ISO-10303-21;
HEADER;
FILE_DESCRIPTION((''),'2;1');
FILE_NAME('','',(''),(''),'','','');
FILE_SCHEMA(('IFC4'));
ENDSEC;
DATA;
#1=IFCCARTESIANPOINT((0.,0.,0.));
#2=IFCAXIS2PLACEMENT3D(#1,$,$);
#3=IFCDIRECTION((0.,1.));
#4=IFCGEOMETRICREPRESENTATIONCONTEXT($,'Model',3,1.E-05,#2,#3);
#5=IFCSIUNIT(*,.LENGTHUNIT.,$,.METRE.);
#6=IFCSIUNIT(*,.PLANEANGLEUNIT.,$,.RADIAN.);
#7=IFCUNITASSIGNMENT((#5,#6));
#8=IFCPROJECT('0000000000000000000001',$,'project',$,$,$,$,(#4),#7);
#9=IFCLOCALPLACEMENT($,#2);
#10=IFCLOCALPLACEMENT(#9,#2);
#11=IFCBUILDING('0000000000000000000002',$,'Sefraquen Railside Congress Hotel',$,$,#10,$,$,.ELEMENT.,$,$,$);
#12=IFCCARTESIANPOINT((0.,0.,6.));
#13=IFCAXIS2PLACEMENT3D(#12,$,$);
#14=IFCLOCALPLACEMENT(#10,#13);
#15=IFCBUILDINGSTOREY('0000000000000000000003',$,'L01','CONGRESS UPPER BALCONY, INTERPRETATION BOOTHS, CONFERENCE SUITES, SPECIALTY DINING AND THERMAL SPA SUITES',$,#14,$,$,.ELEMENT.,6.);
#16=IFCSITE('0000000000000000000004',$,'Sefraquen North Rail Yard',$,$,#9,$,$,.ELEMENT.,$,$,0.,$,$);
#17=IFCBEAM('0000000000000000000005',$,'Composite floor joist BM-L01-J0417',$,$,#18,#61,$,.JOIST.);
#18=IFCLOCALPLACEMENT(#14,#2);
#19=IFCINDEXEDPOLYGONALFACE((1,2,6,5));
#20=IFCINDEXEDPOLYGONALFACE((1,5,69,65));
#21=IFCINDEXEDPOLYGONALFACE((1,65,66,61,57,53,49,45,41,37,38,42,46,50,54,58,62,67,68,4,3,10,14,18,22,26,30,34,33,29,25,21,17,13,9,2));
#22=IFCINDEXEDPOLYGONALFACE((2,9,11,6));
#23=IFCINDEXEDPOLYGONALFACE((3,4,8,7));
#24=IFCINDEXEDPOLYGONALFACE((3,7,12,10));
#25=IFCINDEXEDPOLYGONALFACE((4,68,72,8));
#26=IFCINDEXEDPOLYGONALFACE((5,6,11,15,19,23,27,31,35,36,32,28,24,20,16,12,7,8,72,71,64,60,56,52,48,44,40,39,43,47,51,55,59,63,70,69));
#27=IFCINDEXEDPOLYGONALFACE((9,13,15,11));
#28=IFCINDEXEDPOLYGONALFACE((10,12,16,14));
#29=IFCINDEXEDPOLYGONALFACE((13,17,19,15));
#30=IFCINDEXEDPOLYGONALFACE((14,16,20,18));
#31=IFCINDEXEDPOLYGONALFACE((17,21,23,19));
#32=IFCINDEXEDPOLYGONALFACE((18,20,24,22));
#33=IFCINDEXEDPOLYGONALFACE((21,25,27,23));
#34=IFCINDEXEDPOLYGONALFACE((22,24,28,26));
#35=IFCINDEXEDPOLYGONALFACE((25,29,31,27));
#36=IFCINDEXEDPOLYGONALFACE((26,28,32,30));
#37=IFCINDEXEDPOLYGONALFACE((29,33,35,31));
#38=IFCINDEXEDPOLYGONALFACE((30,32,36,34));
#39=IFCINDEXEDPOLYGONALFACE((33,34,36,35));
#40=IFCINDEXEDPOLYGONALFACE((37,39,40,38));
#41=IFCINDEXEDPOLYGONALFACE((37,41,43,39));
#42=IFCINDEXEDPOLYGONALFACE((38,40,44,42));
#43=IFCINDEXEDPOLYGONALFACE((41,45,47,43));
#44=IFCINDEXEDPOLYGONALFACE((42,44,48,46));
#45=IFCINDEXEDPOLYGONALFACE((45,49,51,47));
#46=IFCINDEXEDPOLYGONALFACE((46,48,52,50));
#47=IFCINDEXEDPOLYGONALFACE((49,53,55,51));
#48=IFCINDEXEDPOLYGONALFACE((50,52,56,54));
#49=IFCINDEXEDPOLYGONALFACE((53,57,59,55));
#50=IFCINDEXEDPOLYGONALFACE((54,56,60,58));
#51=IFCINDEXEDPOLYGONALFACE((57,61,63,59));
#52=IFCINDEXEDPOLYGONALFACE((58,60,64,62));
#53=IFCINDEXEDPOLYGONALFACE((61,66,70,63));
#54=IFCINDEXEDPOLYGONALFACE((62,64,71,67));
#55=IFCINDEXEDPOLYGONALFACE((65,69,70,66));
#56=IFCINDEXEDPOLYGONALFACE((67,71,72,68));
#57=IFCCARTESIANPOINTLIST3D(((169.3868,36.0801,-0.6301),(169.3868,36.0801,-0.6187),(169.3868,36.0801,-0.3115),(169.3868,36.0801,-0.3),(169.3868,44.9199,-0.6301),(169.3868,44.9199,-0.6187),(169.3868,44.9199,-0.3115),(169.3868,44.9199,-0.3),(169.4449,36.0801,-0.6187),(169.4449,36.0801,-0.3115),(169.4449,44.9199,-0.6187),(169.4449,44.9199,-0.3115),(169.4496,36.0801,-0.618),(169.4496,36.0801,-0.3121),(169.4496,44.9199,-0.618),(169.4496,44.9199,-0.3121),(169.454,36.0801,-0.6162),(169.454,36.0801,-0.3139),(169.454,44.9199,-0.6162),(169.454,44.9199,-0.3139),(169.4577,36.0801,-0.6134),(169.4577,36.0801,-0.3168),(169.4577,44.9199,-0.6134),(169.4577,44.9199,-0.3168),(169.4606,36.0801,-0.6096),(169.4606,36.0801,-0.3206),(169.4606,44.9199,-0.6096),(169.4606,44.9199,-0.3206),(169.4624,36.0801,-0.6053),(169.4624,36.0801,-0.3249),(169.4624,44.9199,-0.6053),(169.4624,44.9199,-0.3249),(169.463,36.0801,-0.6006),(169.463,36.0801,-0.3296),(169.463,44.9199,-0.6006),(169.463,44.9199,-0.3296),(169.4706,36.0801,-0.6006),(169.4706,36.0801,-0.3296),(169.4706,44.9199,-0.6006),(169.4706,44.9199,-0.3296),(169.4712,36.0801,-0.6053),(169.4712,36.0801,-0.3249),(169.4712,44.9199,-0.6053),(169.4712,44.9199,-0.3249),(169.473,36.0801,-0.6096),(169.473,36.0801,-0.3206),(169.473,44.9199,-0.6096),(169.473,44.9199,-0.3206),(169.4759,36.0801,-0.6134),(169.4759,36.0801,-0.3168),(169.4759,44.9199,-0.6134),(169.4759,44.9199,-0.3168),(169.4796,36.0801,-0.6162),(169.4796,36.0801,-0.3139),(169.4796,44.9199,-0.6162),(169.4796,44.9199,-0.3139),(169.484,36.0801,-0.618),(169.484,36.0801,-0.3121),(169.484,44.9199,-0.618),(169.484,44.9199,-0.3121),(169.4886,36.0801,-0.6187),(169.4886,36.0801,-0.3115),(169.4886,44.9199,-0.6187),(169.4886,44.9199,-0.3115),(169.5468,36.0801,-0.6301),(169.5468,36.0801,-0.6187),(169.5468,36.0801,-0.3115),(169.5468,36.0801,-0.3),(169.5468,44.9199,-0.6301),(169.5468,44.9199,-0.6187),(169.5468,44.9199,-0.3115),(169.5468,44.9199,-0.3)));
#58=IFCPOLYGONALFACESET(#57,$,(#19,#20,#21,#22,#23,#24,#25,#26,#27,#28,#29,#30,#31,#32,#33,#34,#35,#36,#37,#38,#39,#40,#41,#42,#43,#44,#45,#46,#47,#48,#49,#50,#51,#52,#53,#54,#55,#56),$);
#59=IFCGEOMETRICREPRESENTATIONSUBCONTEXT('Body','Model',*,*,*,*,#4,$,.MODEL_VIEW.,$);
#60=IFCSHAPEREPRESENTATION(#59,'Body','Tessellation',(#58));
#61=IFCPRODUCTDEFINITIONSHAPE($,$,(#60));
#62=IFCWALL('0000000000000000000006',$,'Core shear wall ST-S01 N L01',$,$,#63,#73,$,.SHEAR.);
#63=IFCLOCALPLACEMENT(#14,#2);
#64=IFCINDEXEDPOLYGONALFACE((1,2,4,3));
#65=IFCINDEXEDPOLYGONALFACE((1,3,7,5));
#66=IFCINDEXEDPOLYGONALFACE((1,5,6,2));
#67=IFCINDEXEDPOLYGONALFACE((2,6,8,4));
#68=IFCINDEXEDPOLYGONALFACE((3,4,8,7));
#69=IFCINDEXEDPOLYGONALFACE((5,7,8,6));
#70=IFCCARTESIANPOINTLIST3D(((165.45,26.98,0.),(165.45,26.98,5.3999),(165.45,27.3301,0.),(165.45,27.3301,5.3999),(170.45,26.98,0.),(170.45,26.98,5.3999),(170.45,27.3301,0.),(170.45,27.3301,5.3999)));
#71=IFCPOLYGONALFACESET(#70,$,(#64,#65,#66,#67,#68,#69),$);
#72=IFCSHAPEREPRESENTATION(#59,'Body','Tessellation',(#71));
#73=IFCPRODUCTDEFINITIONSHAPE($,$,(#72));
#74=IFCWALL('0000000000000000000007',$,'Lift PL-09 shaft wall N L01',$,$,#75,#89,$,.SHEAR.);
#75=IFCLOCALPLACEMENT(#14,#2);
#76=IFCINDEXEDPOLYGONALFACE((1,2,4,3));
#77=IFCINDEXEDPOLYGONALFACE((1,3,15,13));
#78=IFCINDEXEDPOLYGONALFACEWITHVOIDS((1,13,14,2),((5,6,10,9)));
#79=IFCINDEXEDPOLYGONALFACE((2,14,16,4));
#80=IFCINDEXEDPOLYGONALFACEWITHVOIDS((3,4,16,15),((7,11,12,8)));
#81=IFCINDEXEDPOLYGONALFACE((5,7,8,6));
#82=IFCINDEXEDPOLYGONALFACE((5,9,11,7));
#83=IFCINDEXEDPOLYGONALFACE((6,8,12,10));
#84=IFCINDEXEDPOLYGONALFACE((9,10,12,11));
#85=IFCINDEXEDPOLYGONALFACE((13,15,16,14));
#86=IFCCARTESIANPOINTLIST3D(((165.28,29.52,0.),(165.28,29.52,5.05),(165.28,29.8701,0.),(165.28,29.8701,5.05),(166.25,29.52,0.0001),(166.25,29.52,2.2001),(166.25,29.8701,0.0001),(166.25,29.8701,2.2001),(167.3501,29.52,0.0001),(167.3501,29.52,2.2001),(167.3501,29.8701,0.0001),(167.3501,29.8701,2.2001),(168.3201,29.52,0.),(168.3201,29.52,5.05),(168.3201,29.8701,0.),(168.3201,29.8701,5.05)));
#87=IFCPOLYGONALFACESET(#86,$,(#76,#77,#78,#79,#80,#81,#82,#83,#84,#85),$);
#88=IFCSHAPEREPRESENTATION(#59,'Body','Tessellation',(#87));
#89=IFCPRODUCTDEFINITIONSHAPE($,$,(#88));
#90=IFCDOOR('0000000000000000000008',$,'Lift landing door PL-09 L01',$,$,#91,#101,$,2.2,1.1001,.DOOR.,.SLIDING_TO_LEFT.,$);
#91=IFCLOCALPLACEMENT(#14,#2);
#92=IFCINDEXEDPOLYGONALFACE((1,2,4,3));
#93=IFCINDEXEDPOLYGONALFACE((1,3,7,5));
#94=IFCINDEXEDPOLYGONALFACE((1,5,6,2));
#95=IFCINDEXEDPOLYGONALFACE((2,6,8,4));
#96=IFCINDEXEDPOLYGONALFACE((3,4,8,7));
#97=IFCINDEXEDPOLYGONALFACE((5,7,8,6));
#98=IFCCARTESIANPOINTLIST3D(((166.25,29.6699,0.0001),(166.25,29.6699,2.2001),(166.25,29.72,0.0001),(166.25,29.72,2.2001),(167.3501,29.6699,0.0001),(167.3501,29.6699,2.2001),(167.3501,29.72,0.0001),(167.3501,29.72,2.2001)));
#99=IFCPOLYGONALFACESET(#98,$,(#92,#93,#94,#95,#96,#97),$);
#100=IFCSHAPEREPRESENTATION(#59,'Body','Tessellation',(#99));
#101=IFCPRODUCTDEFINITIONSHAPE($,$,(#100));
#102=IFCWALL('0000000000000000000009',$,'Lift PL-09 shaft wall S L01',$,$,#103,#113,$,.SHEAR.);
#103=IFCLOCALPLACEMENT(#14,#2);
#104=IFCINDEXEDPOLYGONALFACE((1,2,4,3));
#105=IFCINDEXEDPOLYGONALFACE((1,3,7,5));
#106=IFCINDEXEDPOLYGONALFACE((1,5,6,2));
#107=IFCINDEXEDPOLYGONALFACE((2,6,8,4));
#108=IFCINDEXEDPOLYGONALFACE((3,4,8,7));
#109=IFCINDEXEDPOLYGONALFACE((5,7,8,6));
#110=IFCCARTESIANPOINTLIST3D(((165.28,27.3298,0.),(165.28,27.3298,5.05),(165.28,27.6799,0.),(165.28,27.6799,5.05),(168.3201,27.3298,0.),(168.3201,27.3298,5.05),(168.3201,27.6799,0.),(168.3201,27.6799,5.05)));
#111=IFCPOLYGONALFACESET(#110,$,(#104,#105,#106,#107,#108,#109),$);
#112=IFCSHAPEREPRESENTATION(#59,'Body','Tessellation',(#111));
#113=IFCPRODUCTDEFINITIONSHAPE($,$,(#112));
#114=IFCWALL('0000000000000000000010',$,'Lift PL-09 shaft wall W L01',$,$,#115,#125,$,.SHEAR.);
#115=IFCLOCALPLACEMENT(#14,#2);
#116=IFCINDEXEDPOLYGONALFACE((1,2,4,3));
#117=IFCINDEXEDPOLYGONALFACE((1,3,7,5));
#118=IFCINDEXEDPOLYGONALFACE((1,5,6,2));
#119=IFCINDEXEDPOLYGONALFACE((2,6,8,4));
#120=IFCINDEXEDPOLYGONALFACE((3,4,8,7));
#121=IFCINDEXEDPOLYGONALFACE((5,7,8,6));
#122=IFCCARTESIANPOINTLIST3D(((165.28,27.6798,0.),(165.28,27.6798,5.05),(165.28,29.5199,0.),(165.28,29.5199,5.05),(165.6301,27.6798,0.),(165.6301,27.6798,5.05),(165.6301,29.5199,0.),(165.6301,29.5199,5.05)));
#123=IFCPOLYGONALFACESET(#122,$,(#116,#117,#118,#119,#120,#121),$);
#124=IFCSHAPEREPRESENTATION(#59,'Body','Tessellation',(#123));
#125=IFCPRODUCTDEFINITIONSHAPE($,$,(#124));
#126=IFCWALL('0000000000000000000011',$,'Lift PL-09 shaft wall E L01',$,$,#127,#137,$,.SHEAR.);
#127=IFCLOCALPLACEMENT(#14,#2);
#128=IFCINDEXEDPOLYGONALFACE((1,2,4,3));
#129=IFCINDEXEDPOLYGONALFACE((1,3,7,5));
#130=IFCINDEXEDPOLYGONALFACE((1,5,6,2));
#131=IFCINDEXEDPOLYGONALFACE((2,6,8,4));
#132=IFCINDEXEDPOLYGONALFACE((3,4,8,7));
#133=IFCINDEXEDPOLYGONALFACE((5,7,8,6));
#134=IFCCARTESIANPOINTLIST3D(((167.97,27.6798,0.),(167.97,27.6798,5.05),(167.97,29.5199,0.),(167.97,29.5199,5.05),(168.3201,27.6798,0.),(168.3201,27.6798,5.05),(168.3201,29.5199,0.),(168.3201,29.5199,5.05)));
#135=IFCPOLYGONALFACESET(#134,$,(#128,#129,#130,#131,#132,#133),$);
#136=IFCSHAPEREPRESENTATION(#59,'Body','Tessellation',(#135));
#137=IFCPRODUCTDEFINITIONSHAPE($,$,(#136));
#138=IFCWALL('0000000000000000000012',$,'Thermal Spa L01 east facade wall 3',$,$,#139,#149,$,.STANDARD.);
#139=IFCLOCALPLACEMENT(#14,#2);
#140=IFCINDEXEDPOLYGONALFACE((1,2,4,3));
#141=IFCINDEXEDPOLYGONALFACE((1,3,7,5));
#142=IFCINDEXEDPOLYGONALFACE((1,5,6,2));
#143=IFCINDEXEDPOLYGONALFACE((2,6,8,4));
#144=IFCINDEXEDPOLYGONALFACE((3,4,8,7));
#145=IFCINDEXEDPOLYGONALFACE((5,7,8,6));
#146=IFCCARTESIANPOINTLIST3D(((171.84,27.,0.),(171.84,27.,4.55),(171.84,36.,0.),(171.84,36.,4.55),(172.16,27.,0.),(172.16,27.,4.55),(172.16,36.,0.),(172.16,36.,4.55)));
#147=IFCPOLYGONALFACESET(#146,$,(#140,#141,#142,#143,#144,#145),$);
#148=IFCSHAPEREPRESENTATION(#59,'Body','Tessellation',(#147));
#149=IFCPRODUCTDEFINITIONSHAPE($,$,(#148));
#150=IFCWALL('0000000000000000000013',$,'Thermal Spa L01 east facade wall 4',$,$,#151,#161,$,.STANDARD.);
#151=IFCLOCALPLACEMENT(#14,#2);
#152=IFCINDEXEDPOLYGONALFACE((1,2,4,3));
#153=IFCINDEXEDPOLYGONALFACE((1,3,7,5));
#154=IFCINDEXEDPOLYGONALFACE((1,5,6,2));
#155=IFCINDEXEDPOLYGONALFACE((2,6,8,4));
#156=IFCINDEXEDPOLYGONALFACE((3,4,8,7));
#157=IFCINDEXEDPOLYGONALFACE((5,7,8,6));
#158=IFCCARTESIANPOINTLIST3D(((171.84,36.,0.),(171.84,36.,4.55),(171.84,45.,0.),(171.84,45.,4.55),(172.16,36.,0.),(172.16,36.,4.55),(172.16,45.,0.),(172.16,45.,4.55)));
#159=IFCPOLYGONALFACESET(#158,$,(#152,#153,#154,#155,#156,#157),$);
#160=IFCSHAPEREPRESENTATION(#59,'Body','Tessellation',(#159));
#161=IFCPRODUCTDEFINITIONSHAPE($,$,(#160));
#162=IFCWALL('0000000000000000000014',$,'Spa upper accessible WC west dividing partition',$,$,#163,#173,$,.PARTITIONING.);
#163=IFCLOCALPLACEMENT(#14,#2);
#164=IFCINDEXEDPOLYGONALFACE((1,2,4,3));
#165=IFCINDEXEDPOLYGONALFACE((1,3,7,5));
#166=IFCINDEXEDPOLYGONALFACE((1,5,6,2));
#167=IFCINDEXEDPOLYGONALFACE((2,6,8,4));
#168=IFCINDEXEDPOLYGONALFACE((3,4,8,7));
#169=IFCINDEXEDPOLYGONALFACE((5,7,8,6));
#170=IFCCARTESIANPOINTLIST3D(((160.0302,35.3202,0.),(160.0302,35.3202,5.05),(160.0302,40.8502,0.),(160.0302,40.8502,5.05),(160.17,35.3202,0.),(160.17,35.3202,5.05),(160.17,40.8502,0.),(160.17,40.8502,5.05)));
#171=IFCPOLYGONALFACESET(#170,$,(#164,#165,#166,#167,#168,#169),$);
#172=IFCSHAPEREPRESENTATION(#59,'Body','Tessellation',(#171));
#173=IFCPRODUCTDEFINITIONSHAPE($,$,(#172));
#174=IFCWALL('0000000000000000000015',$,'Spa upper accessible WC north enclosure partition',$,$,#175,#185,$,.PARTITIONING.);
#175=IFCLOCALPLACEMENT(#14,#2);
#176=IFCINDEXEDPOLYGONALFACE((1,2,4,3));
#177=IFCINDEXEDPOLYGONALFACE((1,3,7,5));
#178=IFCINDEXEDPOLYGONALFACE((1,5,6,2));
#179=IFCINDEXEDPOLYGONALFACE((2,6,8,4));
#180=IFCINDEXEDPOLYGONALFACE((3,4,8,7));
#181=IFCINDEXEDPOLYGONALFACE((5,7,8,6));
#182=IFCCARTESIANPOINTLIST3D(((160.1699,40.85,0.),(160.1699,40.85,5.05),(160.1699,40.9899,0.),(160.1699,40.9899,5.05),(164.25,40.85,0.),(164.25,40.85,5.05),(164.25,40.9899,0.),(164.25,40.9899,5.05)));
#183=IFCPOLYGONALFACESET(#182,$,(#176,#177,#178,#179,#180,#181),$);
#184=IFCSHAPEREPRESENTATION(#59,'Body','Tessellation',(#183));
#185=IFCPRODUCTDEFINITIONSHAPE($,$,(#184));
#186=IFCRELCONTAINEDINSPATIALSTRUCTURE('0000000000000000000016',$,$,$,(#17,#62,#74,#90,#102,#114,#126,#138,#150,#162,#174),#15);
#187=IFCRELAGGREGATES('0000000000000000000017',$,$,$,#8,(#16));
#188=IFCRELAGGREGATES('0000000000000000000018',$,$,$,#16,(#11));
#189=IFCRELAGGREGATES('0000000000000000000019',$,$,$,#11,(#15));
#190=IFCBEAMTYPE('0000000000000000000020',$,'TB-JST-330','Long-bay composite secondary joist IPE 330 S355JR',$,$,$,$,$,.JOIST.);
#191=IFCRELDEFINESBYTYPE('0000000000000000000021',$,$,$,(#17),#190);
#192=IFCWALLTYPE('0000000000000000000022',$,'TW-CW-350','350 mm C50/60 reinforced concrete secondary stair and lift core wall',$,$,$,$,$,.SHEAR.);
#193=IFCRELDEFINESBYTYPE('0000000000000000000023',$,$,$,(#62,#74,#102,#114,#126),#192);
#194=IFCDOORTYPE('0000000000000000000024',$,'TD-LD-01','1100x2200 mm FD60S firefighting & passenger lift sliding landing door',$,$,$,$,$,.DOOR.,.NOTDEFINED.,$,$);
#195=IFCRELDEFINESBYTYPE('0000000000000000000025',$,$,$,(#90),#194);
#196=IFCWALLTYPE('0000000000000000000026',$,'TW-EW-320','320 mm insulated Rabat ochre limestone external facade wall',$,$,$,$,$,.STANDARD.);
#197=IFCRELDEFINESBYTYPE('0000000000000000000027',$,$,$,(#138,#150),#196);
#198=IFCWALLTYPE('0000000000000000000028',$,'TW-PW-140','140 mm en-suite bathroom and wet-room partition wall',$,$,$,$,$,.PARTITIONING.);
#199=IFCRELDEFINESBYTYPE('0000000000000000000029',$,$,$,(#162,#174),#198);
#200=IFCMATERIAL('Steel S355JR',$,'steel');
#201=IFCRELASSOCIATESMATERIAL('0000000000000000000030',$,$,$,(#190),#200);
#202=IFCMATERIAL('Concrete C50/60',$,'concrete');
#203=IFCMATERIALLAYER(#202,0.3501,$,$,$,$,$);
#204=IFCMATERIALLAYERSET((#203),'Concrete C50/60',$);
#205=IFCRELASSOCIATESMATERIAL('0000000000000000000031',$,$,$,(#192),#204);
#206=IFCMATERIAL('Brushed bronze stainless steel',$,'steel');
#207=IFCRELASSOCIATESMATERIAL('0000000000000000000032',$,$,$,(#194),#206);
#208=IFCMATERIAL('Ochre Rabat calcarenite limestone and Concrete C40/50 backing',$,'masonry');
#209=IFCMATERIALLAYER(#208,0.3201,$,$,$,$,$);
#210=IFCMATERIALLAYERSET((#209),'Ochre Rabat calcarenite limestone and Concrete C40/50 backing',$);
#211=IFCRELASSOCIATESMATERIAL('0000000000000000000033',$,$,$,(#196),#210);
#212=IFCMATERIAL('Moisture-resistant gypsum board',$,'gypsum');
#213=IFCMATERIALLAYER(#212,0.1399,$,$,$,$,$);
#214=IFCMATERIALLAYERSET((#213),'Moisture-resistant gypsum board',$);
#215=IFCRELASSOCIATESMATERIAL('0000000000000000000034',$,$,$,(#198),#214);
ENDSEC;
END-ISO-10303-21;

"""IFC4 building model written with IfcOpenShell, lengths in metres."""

from ifc_helpers import new_model, si_unit, direction, frame, frame_2d, origin, origin_2d, place, context, subcontext, project, spatial, rectangle, i_section, extrude, material, layer, layer_set, material_profile, profile_set, type_object, element, fill, save


model = new_model("IFC4")

# Units and contexts
model_context = context("Model", 3, precision=1e-05, world=origin(), true_north=direction((0.0, 1.0)))
body_context = subcontext(model_context, "Body", "Model", "MODEL_VIEW")
ifc_project = project(units=[si_unit("LENGTHUNIT", "METRE"), si_unit("PLANEANGLEUNIT", "RADIAN")], contexts=[model_context])

# Site, building, storey
site_placement = place(None, origin())
site = spatial("IfcSite", under=ifc_project, at=site_placement, Name="Sefraquen North Rail Yard", CompositionType="ELEMENT", RefElevation=0.0)
building_placement = place(site_placement, origin())
building = spatial("IfcBuilding", under=site, at=building_placement, Name="Sefraquen Railside Congress Hotel", CompositionType="ELEMENT")
storey_placement = place(building_placement, frame((0.0, 0.0, 6.0)))
storey = spatial("IfcBuildingStorey", under=building, at=storey_placement, Name="L01", Description="CONGRESS UPPER BALCONY, INTERPRETATION BOOTHS, CONFERENCE SUITES, SPECIALTY DINING AND THERMAL SPA SUITES", CompositionType="ELEMENT", Elevation=6.0)

# Shared definitions
ifc_material_1 = material(Name="Steel S355JR", Category="steel")

# Beam
ifc_material_profile_1 = material_profile(ifc_material_1, i_section(OverallWidth=0.1599, OverallDepth=0.3301, WebThickness=0.0076, FlangeThickness=0.0115, FilletRadius=0.0181, at=origin_2d()), Name="IPE 330")
ifc_profile_set_1 = profile_set([ifc_material_profile_1], Name="Steel S355JR")
beam_type_1 = type_object("IfcBeamType", Name="TB-JST-330", Description="Long-bay composite secondary joist IPE 330 S355JR", PredefinedType="JOIST", material=ifc_profile_set_1)
for number, where, z_axis, x_axis, name in (
    (1, (169.4668, 36.0801, -0.4651), (0.0, 1.0, 0.0), (-1.0, 0.0, 0.0), "Composite floor joist BM-L01-J0417"),
):
    element("IfcBeam", number, at=place(storey_placement, frame(where, z_axis=z_axis, x_axis=x_axis)), inside=storey, type_object=beam_type_1, Name=name, PredefinedType="JOIST", context=body_context, shape_type="SweptSolid", body=[
        extrude(i_section(OverallWidth=0.1599, OverallDepth=0.3301, WebThickness=0.0076, FlangeThickness=0.0115, FilletRadius=0.0181, at=origin_2d()), origin(), (0.0, 0.0, 1.0), 8.8398),
    ])

# Wall
ifc_material_2 = material(Name="Concrete C50/60", Category="concrete")
ifc_layer_1 = layer(ifc_material_2, 0.3501)
ifc_layer_set_1 = layer_set([ifc_layer_1], Name="Concrete C50/60")
wall_type_1 = type_object("IfcWallType", Name="TW-CW-350", Description="350 mm C50/60 reinforced concrete secondary stair and lift core wall", PredefinedType="SHEAR", material=ifc_layer_set_1)
wall_1_placement = place(storey_placement, frame((165.45, 27.155, 0.0), z_axis=(0.0, 0.0, 1.0), x_axis=(1.0, 0.0, 0.0)))
element("IfcWall", 2, at=wall_1_placement, inside=storey, type_object=wall_type_1, Name="Core shear wall ST-S01 N L01", PredefinedType="SHEAR", context=body_context, shape_type="SweptSolid", body=[
    extrude(rectangle(XDim=5.0, YDim=0.3501, at=frame_2d((2.5, 0.0))), origin(), (0.0, 0.0, 1.0), 5.3999),
])

# Wall, opening, door
wall_2_placement = place(storey_placement, frame((165.28, 29.6951, 0.0), z_axis=(0.0, 0.0, 1.0), x_axis=(1.0, 0.0, 0.0)))
wall_2 = element("IfcWall", 3, at=wall_2_placement, inside=storey, type_object=wall_type_1, Name="Lift PL-09 shaft wall N L01", PredefinedType="SHEAR", context=body_context, shape_type="SweptSolid", body=[
    extrude(rectangle(XDim=3.04, YDim=0.3501, at=frame_2d((1.52, 0.0))), origin(), (0.0, 0.0, 1.0), 5.05),
])
opening_1_placement = place(wall_2_placement, frame((0.97, 0.0, 0.0)))
opening_1 = element("IfcOpeningElement", 4, at=opening_1_placement, cuts=wall_2, PredefinedType="OPENING", context=body_context, shape_type="SweptSolid", body=[
    extrude(rectangle(XDim=1.1001, YDim=2.2, at=frame_2d((0.55, 1.1001))), frame((0.0, 0.1851, 0.0), z_axis=(0.0, -1.0, 0.0), x_axis=(1.0, 0.0, 0.0)), (0.0, 0.0, 1.0), 0.3701),
])
ifc_material_3 = material(Name="Brushed bronze stainless steel", Category="steel")
door_type_1 = type_object("IfcDoorType", Name="TD-LD-01", Description="1100x2200 mm FD60S firefighting & passenger lift sliding landing door", OperationType="NOTDEFINED", PredefinedType="DOOR", material=ifc_material_3)
door_1_placement = place(opening_1_placement, origin())
door_1 = element("IfcDoor", 5, at=door_1_placement, inside=storey, type_object=door_type_1, Name="Lift landing door PL-09 L01", OperationType="SLIDING_TO_LEFT", OverallHeight=2.2, OverallWidth=1.1001, PredefinedType="DOOR", context=body_context, shape_type="SweptSolid", body=[
    extrude(rectangle(XDim=1.1001, YDim=2.2, at=frame_2d((0.55, 1.1001))), frame((0.0, 0.0249, 0.0), z_axis=(0.0, -1.0, 0.0), x_axis=(1.0, 0.0, 0.0)), (0.0, 0.0, 1.0), 0.05),
])
fill(opening_1, door_1)

# Walls
wall_3_placement = place(storey_placement, frame((165.28, 27.5049, 0.0), z_axis=(0.0, 0.0, 1.0), x_axis=(1.0, 0.0, 0.0)))
element("IfcWall", 6, at=wall_3_placement, inside=storey, type_object=wall_type_1, Name="Lift PL-09 shaft wall S L01", PredefinedType="SHEAR", context=body_context, shape_type="SweptSolid", body=[
    extrude(rectangle(XDim=3.04, YDim=0.3501, at=frame_2d((1.52, 0.0))), origin(), (0.0, 0.0, 1.0), 5.05),
])
for number, where, z_axis, x_axis, name in (
    (7, (165.4551, 27.6799, 0.0), (0.0, 0.0, 1.0), (0.0, 1.0, 0.0), "Lift PL-09 shaft wall W L01"),
    (8, (168.145, 27.6799, 0.0), (0.0, 0.0, 1.0), (0.0, 1.0, 0.0), "Lift PL-09 shaft wall E L01"),
):
    element("IfcWall", number, at=place(storey_placement, frame(where, z_axis=z_axis, x_axis=x_axis)), inside=storey, type_object=wall_type_1, Name=name, PredefinedType="SHEAR", context=body_context, shape_type="SweptSolid", body=[
        extrude(rectangle(XDim=1.8401, YDim=0.3501, at=frame_2d((0.9199, 0.0))), origin(), (0.0, 0.0, 1.0), 5.05),
    ])
ifc_material_4 = material(Name="Ochre Rabat calcarenite limestone and Concrete C40/50 backing", Category="masonry")
ifc_layer_2 = layer(ifc_material_4, 0.3201)
ifc_layer_set_2 = layer_set([ifc_layer_2], Name="Ochre Rabat calcarenite limestone and Concrete C40/50 backing")
wall_type_2 = type_object("IfcWallType", Name="TW-EW-320", Description="320 mm insulated Rabat ochre limestone external facade wall", PredefinedType="STANDARD", material=ifc_layer_set_2)
for number, where, z_axis, x_axis, name in (
    (9, (172.0, 27.0, 0.0), (0.0, 0.0, 1.0), (0.0, 1.0, 0.0), "Thermal Spa L01 east facade wall 3"),
    (10, (172.0, 36.0, 0.0), (0.0, 0.0, 1.0), (0.0, 1.0, 0.0), "Thermal Spa L01 east facade wall 4"),
):
    element("IfcWall", number, at=place(storey_placement, frame(where, z_axis=z_axis, x_axis=x_axis)), inside=storey, type_object=wall_type_2, Name=name, PredefinedType="STANDARD", context=body_context, shape_type="SweptSolid", body=[
        extrude(rectangle(XDim=9.0, YDim=0.3201, at=frame_2d((4.5, 0.0))), origin(), (0.0, 0.0, 1.0), 4.55),
    ])
ifc_material_5 = material(Name="Moisture-resistant gypsum board", Category="gypsum")
ifc_layer_3 = layer(ifc_material_5, 0.1399)
ifc_layer_set_3 = layer_set([ifc_layer_3], Name="Moisture-resistant gypsum board")
wall_type_3 = type_object("IfcWallType", Name="TW-PW-140", Description="140 mm en-suite bathroom and wet-room partition wall", PredefinedType="PARTITIONING", material=ifc_layer_set_3)
wall_4_placement = place(storey_placement, frame((160.1001, 35.3201, 0.0), z_axis=(0.0, 0.0, 1.0), x_axis=(0.0, 1.0, 0.0)))
element("IfcWall", 11, at=wall_4_placement, inside=storey, type_object=wall_type_3, Name="Spa upper accessible WC west dividing partition", PredefinedType="PARTITIONING", context=body_context, shape_type="SweptSolid", body=[
    extrude(rectangle(XDim=5.53, YDim=0.1399, at=frame_2d((2.7651, 0.0))), origin(), (0.0, 0.0, 1.0), 5.05),
])
wall_5_placement = place(storey_placement, frame((160.1699, 40.9199, 0.0), z_axis=(0.0, 0.0, 1.0), x_axis=(1.0, 0.0, 0.0)))
element("IfcWall", 12, at=wall_5_placement, inside=storey, type_object=wall_type_3, Name="Spa upper accessible WC north enclosure partition", PredefinedType="PARTITIONING", context=body_context, shape_type="SweptSolid", body=[
    extrude(rectangle(XDim=4.0801, YDim=0.1399, at=frame_2d((2.04, 0.0))), origin(), (0.0, 0.0, 1.0), 5.05),
])

save(model, "model.ifc")
